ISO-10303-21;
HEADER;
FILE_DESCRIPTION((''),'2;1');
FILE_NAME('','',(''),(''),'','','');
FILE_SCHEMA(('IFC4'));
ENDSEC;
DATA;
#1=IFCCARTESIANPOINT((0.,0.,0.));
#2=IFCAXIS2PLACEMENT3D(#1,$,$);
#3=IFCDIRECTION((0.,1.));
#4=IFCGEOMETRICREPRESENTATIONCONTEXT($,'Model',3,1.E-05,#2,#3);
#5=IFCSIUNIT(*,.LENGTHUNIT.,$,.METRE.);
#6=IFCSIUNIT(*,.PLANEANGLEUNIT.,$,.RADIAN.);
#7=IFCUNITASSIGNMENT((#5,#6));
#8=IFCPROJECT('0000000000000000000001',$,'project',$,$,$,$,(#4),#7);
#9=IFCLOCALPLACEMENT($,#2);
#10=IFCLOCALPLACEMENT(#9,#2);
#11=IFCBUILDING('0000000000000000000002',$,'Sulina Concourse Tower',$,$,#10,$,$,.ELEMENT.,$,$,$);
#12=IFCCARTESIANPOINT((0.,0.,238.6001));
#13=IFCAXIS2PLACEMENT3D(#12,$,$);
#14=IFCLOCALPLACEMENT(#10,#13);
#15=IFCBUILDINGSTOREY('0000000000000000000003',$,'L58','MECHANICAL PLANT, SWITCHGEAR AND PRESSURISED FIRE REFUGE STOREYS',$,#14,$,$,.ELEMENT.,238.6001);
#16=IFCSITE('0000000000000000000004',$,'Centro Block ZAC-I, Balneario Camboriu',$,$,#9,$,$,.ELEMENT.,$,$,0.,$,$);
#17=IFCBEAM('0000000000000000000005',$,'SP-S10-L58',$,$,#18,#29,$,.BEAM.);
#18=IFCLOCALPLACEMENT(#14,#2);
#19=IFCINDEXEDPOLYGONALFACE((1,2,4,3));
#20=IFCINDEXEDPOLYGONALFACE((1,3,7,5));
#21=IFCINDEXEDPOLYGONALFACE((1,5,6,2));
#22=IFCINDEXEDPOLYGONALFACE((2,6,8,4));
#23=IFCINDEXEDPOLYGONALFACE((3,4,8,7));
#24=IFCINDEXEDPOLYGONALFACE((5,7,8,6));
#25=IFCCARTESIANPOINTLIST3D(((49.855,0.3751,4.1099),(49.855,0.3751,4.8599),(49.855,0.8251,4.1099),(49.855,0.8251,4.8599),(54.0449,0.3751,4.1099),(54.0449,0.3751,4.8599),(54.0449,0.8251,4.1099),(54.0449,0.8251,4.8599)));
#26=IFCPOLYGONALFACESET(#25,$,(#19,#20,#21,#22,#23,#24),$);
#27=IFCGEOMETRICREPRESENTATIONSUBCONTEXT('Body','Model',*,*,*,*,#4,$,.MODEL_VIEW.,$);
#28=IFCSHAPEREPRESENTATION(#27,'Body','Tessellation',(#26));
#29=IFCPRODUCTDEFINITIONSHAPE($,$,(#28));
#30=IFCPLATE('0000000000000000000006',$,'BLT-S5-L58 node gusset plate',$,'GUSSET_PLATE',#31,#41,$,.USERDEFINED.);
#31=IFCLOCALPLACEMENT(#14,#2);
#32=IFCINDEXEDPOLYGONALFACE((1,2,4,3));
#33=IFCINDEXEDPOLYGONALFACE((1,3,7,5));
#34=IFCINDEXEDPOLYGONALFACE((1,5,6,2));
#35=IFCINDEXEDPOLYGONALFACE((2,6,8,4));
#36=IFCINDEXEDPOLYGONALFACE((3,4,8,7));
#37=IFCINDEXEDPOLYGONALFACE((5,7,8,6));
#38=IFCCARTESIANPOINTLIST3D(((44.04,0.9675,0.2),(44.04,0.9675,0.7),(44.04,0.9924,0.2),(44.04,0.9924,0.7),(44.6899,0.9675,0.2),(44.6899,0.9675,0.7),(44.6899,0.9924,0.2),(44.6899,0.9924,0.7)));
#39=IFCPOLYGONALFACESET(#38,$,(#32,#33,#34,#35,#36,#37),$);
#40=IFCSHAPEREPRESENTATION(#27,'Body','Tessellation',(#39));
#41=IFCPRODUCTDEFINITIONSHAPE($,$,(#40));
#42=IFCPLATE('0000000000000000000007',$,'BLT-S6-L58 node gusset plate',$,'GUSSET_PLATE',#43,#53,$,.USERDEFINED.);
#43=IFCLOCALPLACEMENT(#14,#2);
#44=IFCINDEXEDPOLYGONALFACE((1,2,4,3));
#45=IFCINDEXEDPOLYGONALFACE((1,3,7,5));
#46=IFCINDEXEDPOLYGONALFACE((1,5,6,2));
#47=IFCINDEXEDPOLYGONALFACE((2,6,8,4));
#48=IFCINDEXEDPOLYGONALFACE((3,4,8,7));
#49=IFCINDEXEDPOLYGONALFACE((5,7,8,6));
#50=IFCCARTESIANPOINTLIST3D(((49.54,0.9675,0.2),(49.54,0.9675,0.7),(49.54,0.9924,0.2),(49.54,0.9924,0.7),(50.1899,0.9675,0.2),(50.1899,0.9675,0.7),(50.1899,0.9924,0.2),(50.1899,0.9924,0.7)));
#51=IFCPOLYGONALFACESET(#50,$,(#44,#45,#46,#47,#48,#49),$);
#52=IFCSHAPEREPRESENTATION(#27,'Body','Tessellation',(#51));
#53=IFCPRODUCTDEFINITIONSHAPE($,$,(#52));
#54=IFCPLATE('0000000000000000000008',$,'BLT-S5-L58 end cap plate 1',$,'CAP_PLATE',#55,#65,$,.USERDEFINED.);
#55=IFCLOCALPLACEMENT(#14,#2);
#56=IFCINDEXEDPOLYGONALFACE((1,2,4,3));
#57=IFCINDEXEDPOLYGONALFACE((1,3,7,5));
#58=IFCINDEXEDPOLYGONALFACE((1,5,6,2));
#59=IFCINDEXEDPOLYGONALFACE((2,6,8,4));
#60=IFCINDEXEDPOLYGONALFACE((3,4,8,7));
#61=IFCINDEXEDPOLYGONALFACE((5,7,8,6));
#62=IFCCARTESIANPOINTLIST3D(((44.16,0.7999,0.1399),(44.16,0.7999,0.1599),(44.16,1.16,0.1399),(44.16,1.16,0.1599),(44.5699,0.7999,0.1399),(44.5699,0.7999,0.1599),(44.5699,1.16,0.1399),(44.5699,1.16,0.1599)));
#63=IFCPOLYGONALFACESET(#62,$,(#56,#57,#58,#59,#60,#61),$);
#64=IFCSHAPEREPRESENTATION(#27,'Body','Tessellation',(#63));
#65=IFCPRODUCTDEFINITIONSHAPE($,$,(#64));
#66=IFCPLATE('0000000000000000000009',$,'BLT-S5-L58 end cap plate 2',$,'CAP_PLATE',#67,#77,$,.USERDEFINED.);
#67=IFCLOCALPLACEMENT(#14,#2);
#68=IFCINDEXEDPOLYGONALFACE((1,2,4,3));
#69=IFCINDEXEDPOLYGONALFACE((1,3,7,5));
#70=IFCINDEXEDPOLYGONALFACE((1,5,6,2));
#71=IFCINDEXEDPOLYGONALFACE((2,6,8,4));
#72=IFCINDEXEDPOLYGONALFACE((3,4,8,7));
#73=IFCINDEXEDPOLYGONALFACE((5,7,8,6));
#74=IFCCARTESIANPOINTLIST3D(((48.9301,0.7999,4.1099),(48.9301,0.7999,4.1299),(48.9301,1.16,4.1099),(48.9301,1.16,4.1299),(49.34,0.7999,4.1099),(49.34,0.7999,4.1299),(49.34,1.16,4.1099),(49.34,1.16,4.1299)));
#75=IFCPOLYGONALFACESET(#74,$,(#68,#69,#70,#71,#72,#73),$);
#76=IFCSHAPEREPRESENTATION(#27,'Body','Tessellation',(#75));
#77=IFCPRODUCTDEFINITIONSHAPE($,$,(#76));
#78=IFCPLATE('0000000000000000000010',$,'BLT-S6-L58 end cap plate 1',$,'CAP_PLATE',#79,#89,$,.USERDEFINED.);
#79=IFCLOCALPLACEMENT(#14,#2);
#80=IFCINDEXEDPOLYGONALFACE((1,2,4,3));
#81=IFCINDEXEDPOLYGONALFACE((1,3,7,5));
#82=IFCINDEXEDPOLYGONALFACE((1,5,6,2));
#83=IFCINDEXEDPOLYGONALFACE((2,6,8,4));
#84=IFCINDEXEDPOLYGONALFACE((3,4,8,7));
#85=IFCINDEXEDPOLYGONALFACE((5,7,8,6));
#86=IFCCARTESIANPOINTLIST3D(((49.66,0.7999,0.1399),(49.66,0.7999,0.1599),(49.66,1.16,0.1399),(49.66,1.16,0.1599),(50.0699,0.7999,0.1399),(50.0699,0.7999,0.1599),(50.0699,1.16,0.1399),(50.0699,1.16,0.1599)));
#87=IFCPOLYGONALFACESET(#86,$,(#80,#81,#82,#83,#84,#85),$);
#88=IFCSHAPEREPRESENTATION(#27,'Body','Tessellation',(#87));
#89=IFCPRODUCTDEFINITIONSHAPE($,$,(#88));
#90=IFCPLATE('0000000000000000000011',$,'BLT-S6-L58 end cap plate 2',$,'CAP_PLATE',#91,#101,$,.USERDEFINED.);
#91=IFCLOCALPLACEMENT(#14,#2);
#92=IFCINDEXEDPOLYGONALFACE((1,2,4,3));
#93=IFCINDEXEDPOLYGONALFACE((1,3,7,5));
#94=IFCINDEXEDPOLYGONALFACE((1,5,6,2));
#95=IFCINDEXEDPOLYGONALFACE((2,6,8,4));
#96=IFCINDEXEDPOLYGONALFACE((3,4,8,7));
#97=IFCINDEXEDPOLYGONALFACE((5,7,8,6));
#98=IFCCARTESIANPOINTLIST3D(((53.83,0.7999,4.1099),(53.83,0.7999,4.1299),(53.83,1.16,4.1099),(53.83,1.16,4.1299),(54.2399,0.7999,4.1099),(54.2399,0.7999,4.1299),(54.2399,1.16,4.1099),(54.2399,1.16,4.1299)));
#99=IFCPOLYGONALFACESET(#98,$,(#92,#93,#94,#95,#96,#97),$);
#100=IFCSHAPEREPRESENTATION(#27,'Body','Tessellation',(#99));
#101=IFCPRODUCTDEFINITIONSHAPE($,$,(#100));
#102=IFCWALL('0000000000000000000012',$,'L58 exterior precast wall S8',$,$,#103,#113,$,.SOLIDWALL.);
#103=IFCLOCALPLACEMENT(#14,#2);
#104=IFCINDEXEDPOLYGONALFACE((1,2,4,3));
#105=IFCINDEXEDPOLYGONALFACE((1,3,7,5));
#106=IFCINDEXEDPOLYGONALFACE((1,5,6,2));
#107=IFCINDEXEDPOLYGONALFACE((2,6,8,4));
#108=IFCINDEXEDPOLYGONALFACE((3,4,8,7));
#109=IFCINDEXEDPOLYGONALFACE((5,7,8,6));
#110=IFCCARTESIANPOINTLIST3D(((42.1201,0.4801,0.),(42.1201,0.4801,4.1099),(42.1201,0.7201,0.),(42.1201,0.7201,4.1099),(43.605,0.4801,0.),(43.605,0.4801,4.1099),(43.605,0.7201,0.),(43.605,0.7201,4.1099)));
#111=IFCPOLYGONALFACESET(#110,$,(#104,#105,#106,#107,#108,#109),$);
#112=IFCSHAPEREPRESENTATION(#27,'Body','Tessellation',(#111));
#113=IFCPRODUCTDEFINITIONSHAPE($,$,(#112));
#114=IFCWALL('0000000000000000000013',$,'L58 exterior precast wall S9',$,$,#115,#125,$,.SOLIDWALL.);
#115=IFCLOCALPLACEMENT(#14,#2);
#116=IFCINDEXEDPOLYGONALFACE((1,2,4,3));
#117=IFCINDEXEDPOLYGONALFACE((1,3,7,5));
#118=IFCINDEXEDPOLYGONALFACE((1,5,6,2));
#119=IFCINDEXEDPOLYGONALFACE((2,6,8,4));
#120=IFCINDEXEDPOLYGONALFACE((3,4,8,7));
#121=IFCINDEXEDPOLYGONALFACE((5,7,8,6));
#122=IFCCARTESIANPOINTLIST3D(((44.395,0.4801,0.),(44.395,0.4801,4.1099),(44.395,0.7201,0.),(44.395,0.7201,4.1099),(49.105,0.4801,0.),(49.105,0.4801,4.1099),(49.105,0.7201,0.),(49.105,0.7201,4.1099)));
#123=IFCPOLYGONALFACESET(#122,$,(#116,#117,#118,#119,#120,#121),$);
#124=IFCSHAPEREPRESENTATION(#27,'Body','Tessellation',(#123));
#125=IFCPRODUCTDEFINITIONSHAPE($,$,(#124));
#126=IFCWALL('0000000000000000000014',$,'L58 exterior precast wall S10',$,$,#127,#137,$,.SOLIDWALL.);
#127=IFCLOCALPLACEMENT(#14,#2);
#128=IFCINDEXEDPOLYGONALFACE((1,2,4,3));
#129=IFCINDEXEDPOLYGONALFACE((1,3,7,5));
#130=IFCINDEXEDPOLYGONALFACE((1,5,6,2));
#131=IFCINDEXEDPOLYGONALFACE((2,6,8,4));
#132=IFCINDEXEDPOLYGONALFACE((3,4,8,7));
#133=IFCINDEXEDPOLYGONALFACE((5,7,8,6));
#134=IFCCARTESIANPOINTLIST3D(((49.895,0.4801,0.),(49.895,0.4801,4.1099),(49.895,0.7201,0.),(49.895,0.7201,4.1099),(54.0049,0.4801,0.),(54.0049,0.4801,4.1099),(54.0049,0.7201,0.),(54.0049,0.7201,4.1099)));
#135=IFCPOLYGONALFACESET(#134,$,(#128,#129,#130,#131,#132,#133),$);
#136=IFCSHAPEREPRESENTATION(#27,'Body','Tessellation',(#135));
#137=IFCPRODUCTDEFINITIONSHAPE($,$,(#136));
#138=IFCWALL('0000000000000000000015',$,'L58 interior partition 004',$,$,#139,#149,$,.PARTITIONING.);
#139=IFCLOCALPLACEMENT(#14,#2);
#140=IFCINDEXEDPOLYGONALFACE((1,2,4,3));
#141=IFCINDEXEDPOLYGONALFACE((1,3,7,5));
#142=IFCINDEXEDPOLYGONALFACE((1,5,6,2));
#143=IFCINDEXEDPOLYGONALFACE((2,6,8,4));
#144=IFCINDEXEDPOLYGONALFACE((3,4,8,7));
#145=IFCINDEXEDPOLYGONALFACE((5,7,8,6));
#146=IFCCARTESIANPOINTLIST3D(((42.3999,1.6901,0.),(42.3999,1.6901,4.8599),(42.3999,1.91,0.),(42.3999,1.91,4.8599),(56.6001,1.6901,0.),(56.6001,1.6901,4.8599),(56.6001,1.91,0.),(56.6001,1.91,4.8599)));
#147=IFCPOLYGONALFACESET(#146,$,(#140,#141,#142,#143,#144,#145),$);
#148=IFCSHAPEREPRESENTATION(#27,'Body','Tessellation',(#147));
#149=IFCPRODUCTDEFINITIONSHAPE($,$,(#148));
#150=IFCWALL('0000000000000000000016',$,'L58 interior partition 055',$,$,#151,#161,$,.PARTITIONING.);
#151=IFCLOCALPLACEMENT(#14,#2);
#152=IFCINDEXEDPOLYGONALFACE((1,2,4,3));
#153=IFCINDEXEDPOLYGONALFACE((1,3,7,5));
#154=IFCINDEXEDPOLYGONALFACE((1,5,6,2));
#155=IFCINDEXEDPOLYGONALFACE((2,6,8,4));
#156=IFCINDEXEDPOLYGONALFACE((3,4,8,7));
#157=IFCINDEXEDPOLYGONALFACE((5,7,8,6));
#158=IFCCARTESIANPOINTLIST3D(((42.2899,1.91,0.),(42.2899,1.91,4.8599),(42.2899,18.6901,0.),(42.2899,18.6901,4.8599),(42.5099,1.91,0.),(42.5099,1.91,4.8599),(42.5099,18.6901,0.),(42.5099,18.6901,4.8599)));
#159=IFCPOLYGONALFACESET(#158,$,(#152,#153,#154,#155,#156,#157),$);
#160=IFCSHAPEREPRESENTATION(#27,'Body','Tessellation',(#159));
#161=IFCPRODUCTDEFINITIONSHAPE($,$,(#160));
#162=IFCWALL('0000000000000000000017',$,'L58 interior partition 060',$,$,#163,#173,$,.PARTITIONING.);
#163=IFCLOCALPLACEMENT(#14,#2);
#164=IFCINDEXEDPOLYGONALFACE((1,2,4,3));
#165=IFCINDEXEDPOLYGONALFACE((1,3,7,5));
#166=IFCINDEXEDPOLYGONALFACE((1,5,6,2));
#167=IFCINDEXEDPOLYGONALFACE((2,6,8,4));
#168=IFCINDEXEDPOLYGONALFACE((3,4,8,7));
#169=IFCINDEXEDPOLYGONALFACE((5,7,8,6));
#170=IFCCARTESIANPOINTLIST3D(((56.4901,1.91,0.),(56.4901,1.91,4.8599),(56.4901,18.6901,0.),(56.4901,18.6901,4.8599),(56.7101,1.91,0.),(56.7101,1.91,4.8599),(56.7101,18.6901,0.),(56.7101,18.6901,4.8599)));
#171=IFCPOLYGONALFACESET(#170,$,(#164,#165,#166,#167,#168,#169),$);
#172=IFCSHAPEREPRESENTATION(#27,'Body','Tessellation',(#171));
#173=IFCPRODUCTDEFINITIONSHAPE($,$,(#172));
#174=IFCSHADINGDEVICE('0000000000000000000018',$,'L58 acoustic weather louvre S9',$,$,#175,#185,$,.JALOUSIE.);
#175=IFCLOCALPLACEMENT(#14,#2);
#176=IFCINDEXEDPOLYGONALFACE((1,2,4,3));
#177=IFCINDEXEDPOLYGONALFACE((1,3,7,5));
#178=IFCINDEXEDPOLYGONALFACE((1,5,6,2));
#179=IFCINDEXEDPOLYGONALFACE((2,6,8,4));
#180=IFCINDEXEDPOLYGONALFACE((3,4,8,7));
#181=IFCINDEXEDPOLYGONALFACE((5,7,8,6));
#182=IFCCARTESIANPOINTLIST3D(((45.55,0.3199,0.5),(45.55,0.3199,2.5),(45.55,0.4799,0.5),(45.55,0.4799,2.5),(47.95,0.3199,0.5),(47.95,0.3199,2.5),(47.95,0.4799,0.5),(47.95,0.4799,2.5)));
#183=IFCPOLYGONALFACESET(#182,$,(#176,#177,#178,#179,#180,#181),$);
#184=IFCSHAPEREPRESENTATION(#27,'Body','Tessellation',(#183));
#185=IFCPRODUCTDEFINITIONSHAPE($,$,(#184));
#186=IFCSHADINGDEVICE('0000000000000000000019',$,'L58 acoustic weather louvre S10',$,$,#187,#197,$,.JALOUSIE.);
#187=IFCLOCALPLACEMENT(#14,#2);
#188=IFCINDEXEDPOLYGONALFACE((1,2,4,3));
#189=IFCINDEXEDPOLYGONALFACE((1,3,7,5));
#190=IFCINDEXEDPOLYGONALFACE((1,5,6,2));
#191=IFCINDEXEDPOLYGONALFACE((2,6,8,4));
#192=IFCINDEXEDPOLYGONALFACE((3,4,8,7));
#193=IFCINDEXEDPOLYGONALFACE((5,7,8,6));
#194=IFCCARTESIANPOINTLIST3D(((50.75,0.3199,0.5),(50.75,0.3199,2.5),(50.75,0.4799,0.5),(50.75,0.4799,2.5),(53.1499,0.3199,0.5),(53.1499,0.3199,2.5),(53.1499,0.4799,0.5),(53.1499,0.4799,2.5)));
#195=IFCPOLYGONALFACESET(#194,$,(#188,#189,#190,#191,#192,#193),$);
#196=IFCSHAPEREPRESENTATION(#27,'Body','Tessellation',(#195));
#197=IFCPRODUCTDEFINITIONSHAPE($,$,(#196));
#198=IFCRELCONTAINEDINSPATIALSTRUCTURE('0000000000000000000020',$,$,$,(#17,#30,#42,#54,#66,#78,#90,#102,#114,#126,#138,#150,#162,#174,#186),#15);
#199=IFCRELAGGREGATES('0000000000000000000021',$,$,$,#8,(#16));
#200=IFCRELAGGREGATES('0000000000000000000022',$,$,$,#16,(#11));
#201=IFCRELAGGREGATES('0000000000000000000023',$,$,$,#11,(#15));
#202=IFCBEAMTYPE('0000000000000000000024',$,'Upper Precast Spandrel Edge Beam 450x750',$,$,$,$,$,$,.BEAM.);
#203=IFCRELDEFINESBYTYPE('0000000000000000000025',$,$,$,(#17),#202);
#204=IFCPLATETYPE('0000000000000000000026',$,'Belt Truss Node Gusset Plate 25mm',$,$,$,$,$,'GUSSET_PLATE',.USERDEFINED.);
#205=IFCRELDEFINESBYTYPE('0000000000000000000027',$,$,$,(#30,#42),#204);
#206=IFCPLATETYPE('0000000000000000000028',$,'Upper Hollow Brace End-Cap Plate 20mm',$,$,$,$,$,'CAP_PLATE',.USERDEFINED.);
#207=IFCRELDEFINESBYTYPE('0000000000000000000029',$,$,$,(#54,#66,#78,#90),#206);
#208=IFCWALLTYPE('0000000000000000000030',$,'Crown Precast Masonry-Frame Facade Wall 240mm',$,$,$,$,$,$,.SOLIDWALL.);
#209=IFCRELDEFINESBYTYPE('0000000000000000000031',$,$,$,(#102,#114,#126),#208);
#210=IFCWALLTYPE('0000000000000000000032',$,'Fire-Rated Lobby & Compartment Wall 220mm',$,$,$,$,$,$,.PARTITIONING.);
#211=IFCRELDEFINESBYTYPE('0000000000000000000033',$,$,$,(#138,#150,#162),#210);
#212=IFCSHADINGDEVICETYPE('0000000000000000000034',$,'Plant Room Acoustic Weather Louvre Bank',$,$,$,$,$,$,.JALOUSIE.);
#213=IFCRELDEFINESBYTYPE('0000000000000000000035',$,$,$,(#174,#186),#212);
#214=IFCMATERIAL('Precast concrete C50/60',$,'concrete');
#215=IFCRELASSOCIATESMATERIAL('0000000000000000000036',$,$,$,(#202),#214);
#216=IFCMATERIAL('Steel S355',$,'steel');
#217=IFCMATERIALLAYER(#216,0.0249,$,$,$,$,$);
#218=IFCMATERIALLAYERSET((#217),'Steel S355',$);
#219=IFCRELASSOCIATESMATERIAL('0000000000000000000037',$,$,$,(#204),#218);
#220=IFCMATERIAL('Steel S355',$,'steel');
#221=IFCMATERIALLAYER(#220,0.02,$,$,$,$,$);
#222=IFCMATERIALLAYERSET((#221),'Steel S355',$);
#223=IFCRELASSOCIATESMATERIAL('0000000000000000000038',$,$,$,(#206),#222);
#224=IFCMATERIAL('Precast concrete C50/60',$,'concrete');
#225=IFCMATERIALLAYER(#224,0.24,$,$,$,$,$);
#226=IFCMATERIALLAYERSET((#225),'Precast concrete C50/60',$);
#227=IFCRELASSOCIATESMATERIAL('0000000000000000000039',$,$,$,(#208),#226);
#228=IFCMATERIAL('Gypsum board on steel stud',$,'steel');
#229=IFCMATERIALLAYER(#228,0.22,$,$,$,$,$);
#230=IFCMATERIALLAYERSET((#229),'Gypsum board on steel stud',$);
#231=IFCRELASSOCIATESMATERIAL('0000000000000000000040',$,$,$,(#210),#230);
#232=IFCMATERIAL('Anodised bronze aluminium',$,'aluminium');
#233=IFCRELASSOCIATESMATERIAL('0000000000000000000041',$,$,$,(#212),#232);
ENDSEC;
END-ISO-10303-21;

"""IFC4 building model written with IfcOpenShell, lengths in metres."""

from ifc_helpers import new_model, si_unit, direction, frame, frame_2d, origin, origin_2d, place, context, subcontext, project, spatial, rectangle, extrude, material, layer, layer_set, material_profile, profile_set, type_object, element, save


model = new_model("IFC4")

# Units and contexts
model_context = context("Model", 3, precision=1e-05, world=origin(), true_north=direction((0.0, 1.0)))
body_context = subcontext(model_context, "Body", "Model", "MODEL_VIEW")
ifc_project = project(units=[si_unit("LENGTHUNIT", "METRE"), si_unit("PLANEANGLEUNIT", "RADIAN")], contexts=[model_context])

# Site, building, storey
site_placement = place(None, origin())
site = spatial("IfcSite", under=ifc_project, at=site_placement, Name="Centro Block ZAC-I, Balneario Camboriu", CompositionType="ELEMENT", RefElevation=0.0)
building_placement = place(site_placement, origin())
building = spatial("IfcBuilding", under=site, at=building_placement, Name="Sulina Concourse Tower", CompositionType="ELEMENT")
storey_placement = place(building_placement, frame((0.0, 0.0, 238.6001)))
storey = spatial("IfcBuildingStorey", under=building, at=storey_placement, Name="L58", Description="MECHANICAL PLANT, SWITCHGEAR AND PRESSURISED FIRE REFUGE STOREYS", CompositionType="ELEMENT", Elevation=238.6001)

# Beam
ifc_material_1 = material(Name="Precast concrete C50/60", Category="concrete")
ifc_material_profile_1 = material_profile(ifc_material_1, rectangle(XDim=0.45, YDim=0.75, at=origin_2d()), Name="RC 450x750")
ifc_profile_set_1 = profile_set([ifc_material_profile_1], Name="Precast concrete C50/60")
beam_type_1 = type_object("IfcBeamType", Name="Upper Precast Spandrel Edge Beam 450x750", PredefinedType="BEAM", material=ifc_profile_set_1)
beam_1_placement = place(storey_placement, frame((49.855, 0.6001, 4.4849), z_axis=(1.0, 0.0, 0.0), x_axis=(0.0, 1.0, 0.0)))
element("IfcBeam", 1, at=beam_1_placement, inside=storey, type_object=beam_type_1, Name="SP-S10-L58", PredefinedType="BEAM", context=body_context, shape_type="SweptSolid", body=[
    extrude(rectangle(XDim=0.45, YDim=0.75, at=origin_2d()), origin(), (0.0, 0.0, 1.0), 4.1899),
])

# Plates
ifc_material_2 = material(Name="Steel S355", Category="steel")
ifc_layer_1 = layer(ifc_material_2, 0.0249)
ifc_layer_set_1 = layer_set([ifc_layer_1], Name="Steel S355")
plate_type_1 = type_object("IfcPlateType", Name="Belt Truss Node Gusset Plate 25mm", ElementType="GUSSET_PLATE", PredefinedType="USERDEFINED", material=ifc_layer_set_1)
for number, where, z_axis, x_axis, name in (
    (2, (44.365, 0.98, 0.2), (0.0, 0.0, 1.0), (1.0, 0.0, 0.0), "BLT-S5-L58 node gusset plate"),
    (3, (49.865, 0.98, 0.2), (0.0, 0.0, 1.0), (1.0, 0.0, 0.0), "BLT-S6-L58 node gusset plate"),
):
    element("IfcPlate", number, at=place(storey_placement, frame(where, z_axis=z_axis, x_axis=x_axis)), inside=storey, type_object=plate_type_1, Name=name, ObjectType="GUSSET_PLATE", PredefinedType="USERDEFINED", context=body_context, shape_type="SweptSolid", body=[
        extrude(rectangle(XDim=0.6499, YDim=0.0249, at=origin_2d()), origin(), (0.0, 0.0, 1.0), 0.5),
    ])
ifc_material_3 = material(Name="Steel S355", Category="steel")
ifc_layer_2 = layer(ifc_material_3, 0.02)
ifc_layer_set_2 = layer_set([ifc_layer_2], Name="Steel S355")
plate_type_2 = type_object("IfcPlateType", Name="Upper Hollow Brace End-Cap Plate 20mm", ElementType="CAP_PLATE", PredefinedType="USERDEFINED", material=ifc_layer_set_2)
for number, where, z_axis, x_axis, name in (
    (4, (44.365, 0.98, 0.1399), (0.0, 0.0, 1.0), (1.0, 0.0, 0.0), "BLT-S5-L58 end cap plate 1"),
    (5, (49.135, 0.98, 4.1099), (0.0, 0.0, 1.0), (1.0, 0.0, 0.0), "BLT-S5-L58 end cap plate 2"),
    (6, (49.865, 0.98, 0.1399), (0.0, 0.0, 1.0), (1.0, 0.0, 0.0), "BLT-S6-L58 end cap plate 1"),
    (7, (54.0349, 0.98, 4.1099), (0.0, 0.0, 1.0), (1.0, 0.0, 0.0), "BLT-S6-L58 end cap plate 2"),
):
    element("IfcPlate", number, at=place(storey_placement, frame(where, z_axis=z_axis, x_axis=x_axis)), inside=storey, type_object=plate_type_2, Name=name, ObjectType="CAP_PLATE", PredefinedType="USERDEFINED", context=body_context, shape_type="SweptSolid", body=[
        extrude(rectangle(XDim=0.4099, YDim=0.3601, at=origin_2d()), origin(), (0.0, 0.0, 1.0), 0.02),
    ])

# Walls
ifc_material_4 = material(Name="Precast concrete C50/60", Category="concrete")
ifc_layer_3 = layer(ifc_material_4, 0.24)
ifc_layer_set_3 = layer_set([ifc_layer_3], Name="Precast concrete C50/60")
wall_type_1 = type_object("IfcWallType", Name="Crown Precast Masonry-Frame Facade Wall 240mm", PredefinedType="SOLIDWALL", material=ifc_layer_set_3)
wall_1_placement = place(storey_placement, frame((43.605, 0.6001, 0.0), z_axis=(0.0, 0.0, 1.0), x_axis=(-1.0, 0.0, 0.0)))
element("IfcWall", 8, at=wall_1_placement, inside=storey, type_object=wall_type_1, Name="L58 exterior precast wall S8", PredefinedType="SOLIDWALL", context=body_context, shape_type="SweptSolid", body=[
    extrude(rectangle(XDim=1.4849, YDim=0.24, at=frame_2d((0.7424, 0.0))), origin(), (0.0, 0.0, 1.0), 4.1099),
])
wall_2_placement = place(storey_placement, frame((49.105, 0.6001, 0.0), z_axis=(0.0, 0.0, 1.0), x_axis=(-1.0, 0.0, 0.0)))
element("IfcWall", 9, at=wall_2_placement, inside=storey, type_object=wall_type_1, Name="L58 exterior precast wall S9", PredefinedType="SOLIDWALL", context=body_context, shape_type="SweptSolid", body=[
    extrude(rectangle(XDim=4.71, YDim=0.24, at=frame_2d((2.355, 0.0))), origin(), (0.0, 0.0, 1.0), 4.1099),
])
wall_3_placement = place(storey_placement, frame((54.0049, 0.6001, 0.0), z_axis=(0.0, 0.0, 1.0), x_axis=(-1.0, 0.0, 0.0)))
element("IfcWall", 10, at=wall_3_placement, inside=storey, type_object=wall_type_1, Name="L58 exterior precast wall S10", PredefinedType="SOLIDWALL", context=body_context, shape_type="SweptSolid", body=[
    extrude(rectangle(XDim=4.1099, YDim=0.24, at=frame_2d((2.0549, 0.0))), origin(), (0.0, 0.0, 1.0), 4.1099),
])
ifc_material_5 = material(Name="Gypsum board on steel stud", Category="steel")
ifc_layer_4 = layer(ifc_material_5, 0.22)
ifc_layer_set_4 = layer_set([ifc_layer_4], Name="Gypsum board on steel stud")
wall_type_2 = type_object("IfcWallType", Name="Fire-Rated Lobby & Compartment Wall 220mm", PredefinedType="PARTITIONING", material=ifc_layer_set_4)
wall_4_placement = place(storey_placement, frame((42.3999, 1.8, 0.0), z_axis=(0.0, 0.0, 1.0), x_axis=(1.0, 0.0, 0.0)))
element("IfcWall", 11, at=wall_4_placement, inside=storey, type_object=wall_type_2, Name="L58 interior partition 004", PredefinedType="PARTITIONING", context=body_context, shape_type="SweptSolid", body=[
    extrude(rectangle(XDim=14.2002, YDim=0.22, at=frame_2d((7.1001, 0.0))), origin(), (0.0, 0.0, 1.0), 4.8599),
])
for number, where, z_axis, x_axis, name in (
    (12, (42.3999, 1.9099, 0.0), (0.0, 0.0, 1.0), (0.0, 1.0, 0.0), "L58 interior partition 055"),
    (13, (56.6001, 1.9099, 0.0), (0.0, 0.0, 1.0), (0.0, 1.0, 0.0), "L58 interior partition 060"),
):
    element("IfcWall", number, at=place(storey_placement, frame(where, z_axis=z_axis, x_axis=x_axis)), inside=storey, type_object=wall_type_2, Name=name, PredefinedType="PARTITIONING", context=body_context, shape_type="SweptSolid", body=[
        extrude(rectangle(XDim=16.78, YDim=0.22, at=frame_2d((8.3901, 0.0))), origin(), (0.0, 0.0, 1.0), 4.8599),
    ])

# Shading devices
ifc_material_6 = material(Name="Anodised bronze aluminium", Category="aluminium")
shading_device_type = type_object("IfcShadingDeviceType", Name="Plant Room Acoustic Weather Louvre Bank", PredefinedType="JALOUSIE", material=ifc_material_6)
for number, where, z_axis, x_axis, name in (
    (14, (46.75, 0.3999, 0.5), (0.0, 0.0, 1.0), (1.0, 0.0, 0.0), "L58 acoustic weather louvre S9"),
    (15, (51.95, 0.3999, 0.5), (0.0, 0.0, 1.0), (1.0, 0.0, 0.0), "L58 acoustic weather louvre S10"),
):
    element("IfcShadingDevice", number, at=place(storey_placement, frame(where, z_axis=z_axis, x_axis=x_axis)), inside=storey, type_object=shading_device_type, Name=name, PredefinedType="JALOUSIE", context=body_context, shape_type="SweptSolid", body=[
        extrude(rectangle(XDim=2.3999, YDim=0.1599, at=origin_2d()), origin(), (0.0, 0.0, 1.0), 2.0),
    ])

save(model, "model.ifc")
